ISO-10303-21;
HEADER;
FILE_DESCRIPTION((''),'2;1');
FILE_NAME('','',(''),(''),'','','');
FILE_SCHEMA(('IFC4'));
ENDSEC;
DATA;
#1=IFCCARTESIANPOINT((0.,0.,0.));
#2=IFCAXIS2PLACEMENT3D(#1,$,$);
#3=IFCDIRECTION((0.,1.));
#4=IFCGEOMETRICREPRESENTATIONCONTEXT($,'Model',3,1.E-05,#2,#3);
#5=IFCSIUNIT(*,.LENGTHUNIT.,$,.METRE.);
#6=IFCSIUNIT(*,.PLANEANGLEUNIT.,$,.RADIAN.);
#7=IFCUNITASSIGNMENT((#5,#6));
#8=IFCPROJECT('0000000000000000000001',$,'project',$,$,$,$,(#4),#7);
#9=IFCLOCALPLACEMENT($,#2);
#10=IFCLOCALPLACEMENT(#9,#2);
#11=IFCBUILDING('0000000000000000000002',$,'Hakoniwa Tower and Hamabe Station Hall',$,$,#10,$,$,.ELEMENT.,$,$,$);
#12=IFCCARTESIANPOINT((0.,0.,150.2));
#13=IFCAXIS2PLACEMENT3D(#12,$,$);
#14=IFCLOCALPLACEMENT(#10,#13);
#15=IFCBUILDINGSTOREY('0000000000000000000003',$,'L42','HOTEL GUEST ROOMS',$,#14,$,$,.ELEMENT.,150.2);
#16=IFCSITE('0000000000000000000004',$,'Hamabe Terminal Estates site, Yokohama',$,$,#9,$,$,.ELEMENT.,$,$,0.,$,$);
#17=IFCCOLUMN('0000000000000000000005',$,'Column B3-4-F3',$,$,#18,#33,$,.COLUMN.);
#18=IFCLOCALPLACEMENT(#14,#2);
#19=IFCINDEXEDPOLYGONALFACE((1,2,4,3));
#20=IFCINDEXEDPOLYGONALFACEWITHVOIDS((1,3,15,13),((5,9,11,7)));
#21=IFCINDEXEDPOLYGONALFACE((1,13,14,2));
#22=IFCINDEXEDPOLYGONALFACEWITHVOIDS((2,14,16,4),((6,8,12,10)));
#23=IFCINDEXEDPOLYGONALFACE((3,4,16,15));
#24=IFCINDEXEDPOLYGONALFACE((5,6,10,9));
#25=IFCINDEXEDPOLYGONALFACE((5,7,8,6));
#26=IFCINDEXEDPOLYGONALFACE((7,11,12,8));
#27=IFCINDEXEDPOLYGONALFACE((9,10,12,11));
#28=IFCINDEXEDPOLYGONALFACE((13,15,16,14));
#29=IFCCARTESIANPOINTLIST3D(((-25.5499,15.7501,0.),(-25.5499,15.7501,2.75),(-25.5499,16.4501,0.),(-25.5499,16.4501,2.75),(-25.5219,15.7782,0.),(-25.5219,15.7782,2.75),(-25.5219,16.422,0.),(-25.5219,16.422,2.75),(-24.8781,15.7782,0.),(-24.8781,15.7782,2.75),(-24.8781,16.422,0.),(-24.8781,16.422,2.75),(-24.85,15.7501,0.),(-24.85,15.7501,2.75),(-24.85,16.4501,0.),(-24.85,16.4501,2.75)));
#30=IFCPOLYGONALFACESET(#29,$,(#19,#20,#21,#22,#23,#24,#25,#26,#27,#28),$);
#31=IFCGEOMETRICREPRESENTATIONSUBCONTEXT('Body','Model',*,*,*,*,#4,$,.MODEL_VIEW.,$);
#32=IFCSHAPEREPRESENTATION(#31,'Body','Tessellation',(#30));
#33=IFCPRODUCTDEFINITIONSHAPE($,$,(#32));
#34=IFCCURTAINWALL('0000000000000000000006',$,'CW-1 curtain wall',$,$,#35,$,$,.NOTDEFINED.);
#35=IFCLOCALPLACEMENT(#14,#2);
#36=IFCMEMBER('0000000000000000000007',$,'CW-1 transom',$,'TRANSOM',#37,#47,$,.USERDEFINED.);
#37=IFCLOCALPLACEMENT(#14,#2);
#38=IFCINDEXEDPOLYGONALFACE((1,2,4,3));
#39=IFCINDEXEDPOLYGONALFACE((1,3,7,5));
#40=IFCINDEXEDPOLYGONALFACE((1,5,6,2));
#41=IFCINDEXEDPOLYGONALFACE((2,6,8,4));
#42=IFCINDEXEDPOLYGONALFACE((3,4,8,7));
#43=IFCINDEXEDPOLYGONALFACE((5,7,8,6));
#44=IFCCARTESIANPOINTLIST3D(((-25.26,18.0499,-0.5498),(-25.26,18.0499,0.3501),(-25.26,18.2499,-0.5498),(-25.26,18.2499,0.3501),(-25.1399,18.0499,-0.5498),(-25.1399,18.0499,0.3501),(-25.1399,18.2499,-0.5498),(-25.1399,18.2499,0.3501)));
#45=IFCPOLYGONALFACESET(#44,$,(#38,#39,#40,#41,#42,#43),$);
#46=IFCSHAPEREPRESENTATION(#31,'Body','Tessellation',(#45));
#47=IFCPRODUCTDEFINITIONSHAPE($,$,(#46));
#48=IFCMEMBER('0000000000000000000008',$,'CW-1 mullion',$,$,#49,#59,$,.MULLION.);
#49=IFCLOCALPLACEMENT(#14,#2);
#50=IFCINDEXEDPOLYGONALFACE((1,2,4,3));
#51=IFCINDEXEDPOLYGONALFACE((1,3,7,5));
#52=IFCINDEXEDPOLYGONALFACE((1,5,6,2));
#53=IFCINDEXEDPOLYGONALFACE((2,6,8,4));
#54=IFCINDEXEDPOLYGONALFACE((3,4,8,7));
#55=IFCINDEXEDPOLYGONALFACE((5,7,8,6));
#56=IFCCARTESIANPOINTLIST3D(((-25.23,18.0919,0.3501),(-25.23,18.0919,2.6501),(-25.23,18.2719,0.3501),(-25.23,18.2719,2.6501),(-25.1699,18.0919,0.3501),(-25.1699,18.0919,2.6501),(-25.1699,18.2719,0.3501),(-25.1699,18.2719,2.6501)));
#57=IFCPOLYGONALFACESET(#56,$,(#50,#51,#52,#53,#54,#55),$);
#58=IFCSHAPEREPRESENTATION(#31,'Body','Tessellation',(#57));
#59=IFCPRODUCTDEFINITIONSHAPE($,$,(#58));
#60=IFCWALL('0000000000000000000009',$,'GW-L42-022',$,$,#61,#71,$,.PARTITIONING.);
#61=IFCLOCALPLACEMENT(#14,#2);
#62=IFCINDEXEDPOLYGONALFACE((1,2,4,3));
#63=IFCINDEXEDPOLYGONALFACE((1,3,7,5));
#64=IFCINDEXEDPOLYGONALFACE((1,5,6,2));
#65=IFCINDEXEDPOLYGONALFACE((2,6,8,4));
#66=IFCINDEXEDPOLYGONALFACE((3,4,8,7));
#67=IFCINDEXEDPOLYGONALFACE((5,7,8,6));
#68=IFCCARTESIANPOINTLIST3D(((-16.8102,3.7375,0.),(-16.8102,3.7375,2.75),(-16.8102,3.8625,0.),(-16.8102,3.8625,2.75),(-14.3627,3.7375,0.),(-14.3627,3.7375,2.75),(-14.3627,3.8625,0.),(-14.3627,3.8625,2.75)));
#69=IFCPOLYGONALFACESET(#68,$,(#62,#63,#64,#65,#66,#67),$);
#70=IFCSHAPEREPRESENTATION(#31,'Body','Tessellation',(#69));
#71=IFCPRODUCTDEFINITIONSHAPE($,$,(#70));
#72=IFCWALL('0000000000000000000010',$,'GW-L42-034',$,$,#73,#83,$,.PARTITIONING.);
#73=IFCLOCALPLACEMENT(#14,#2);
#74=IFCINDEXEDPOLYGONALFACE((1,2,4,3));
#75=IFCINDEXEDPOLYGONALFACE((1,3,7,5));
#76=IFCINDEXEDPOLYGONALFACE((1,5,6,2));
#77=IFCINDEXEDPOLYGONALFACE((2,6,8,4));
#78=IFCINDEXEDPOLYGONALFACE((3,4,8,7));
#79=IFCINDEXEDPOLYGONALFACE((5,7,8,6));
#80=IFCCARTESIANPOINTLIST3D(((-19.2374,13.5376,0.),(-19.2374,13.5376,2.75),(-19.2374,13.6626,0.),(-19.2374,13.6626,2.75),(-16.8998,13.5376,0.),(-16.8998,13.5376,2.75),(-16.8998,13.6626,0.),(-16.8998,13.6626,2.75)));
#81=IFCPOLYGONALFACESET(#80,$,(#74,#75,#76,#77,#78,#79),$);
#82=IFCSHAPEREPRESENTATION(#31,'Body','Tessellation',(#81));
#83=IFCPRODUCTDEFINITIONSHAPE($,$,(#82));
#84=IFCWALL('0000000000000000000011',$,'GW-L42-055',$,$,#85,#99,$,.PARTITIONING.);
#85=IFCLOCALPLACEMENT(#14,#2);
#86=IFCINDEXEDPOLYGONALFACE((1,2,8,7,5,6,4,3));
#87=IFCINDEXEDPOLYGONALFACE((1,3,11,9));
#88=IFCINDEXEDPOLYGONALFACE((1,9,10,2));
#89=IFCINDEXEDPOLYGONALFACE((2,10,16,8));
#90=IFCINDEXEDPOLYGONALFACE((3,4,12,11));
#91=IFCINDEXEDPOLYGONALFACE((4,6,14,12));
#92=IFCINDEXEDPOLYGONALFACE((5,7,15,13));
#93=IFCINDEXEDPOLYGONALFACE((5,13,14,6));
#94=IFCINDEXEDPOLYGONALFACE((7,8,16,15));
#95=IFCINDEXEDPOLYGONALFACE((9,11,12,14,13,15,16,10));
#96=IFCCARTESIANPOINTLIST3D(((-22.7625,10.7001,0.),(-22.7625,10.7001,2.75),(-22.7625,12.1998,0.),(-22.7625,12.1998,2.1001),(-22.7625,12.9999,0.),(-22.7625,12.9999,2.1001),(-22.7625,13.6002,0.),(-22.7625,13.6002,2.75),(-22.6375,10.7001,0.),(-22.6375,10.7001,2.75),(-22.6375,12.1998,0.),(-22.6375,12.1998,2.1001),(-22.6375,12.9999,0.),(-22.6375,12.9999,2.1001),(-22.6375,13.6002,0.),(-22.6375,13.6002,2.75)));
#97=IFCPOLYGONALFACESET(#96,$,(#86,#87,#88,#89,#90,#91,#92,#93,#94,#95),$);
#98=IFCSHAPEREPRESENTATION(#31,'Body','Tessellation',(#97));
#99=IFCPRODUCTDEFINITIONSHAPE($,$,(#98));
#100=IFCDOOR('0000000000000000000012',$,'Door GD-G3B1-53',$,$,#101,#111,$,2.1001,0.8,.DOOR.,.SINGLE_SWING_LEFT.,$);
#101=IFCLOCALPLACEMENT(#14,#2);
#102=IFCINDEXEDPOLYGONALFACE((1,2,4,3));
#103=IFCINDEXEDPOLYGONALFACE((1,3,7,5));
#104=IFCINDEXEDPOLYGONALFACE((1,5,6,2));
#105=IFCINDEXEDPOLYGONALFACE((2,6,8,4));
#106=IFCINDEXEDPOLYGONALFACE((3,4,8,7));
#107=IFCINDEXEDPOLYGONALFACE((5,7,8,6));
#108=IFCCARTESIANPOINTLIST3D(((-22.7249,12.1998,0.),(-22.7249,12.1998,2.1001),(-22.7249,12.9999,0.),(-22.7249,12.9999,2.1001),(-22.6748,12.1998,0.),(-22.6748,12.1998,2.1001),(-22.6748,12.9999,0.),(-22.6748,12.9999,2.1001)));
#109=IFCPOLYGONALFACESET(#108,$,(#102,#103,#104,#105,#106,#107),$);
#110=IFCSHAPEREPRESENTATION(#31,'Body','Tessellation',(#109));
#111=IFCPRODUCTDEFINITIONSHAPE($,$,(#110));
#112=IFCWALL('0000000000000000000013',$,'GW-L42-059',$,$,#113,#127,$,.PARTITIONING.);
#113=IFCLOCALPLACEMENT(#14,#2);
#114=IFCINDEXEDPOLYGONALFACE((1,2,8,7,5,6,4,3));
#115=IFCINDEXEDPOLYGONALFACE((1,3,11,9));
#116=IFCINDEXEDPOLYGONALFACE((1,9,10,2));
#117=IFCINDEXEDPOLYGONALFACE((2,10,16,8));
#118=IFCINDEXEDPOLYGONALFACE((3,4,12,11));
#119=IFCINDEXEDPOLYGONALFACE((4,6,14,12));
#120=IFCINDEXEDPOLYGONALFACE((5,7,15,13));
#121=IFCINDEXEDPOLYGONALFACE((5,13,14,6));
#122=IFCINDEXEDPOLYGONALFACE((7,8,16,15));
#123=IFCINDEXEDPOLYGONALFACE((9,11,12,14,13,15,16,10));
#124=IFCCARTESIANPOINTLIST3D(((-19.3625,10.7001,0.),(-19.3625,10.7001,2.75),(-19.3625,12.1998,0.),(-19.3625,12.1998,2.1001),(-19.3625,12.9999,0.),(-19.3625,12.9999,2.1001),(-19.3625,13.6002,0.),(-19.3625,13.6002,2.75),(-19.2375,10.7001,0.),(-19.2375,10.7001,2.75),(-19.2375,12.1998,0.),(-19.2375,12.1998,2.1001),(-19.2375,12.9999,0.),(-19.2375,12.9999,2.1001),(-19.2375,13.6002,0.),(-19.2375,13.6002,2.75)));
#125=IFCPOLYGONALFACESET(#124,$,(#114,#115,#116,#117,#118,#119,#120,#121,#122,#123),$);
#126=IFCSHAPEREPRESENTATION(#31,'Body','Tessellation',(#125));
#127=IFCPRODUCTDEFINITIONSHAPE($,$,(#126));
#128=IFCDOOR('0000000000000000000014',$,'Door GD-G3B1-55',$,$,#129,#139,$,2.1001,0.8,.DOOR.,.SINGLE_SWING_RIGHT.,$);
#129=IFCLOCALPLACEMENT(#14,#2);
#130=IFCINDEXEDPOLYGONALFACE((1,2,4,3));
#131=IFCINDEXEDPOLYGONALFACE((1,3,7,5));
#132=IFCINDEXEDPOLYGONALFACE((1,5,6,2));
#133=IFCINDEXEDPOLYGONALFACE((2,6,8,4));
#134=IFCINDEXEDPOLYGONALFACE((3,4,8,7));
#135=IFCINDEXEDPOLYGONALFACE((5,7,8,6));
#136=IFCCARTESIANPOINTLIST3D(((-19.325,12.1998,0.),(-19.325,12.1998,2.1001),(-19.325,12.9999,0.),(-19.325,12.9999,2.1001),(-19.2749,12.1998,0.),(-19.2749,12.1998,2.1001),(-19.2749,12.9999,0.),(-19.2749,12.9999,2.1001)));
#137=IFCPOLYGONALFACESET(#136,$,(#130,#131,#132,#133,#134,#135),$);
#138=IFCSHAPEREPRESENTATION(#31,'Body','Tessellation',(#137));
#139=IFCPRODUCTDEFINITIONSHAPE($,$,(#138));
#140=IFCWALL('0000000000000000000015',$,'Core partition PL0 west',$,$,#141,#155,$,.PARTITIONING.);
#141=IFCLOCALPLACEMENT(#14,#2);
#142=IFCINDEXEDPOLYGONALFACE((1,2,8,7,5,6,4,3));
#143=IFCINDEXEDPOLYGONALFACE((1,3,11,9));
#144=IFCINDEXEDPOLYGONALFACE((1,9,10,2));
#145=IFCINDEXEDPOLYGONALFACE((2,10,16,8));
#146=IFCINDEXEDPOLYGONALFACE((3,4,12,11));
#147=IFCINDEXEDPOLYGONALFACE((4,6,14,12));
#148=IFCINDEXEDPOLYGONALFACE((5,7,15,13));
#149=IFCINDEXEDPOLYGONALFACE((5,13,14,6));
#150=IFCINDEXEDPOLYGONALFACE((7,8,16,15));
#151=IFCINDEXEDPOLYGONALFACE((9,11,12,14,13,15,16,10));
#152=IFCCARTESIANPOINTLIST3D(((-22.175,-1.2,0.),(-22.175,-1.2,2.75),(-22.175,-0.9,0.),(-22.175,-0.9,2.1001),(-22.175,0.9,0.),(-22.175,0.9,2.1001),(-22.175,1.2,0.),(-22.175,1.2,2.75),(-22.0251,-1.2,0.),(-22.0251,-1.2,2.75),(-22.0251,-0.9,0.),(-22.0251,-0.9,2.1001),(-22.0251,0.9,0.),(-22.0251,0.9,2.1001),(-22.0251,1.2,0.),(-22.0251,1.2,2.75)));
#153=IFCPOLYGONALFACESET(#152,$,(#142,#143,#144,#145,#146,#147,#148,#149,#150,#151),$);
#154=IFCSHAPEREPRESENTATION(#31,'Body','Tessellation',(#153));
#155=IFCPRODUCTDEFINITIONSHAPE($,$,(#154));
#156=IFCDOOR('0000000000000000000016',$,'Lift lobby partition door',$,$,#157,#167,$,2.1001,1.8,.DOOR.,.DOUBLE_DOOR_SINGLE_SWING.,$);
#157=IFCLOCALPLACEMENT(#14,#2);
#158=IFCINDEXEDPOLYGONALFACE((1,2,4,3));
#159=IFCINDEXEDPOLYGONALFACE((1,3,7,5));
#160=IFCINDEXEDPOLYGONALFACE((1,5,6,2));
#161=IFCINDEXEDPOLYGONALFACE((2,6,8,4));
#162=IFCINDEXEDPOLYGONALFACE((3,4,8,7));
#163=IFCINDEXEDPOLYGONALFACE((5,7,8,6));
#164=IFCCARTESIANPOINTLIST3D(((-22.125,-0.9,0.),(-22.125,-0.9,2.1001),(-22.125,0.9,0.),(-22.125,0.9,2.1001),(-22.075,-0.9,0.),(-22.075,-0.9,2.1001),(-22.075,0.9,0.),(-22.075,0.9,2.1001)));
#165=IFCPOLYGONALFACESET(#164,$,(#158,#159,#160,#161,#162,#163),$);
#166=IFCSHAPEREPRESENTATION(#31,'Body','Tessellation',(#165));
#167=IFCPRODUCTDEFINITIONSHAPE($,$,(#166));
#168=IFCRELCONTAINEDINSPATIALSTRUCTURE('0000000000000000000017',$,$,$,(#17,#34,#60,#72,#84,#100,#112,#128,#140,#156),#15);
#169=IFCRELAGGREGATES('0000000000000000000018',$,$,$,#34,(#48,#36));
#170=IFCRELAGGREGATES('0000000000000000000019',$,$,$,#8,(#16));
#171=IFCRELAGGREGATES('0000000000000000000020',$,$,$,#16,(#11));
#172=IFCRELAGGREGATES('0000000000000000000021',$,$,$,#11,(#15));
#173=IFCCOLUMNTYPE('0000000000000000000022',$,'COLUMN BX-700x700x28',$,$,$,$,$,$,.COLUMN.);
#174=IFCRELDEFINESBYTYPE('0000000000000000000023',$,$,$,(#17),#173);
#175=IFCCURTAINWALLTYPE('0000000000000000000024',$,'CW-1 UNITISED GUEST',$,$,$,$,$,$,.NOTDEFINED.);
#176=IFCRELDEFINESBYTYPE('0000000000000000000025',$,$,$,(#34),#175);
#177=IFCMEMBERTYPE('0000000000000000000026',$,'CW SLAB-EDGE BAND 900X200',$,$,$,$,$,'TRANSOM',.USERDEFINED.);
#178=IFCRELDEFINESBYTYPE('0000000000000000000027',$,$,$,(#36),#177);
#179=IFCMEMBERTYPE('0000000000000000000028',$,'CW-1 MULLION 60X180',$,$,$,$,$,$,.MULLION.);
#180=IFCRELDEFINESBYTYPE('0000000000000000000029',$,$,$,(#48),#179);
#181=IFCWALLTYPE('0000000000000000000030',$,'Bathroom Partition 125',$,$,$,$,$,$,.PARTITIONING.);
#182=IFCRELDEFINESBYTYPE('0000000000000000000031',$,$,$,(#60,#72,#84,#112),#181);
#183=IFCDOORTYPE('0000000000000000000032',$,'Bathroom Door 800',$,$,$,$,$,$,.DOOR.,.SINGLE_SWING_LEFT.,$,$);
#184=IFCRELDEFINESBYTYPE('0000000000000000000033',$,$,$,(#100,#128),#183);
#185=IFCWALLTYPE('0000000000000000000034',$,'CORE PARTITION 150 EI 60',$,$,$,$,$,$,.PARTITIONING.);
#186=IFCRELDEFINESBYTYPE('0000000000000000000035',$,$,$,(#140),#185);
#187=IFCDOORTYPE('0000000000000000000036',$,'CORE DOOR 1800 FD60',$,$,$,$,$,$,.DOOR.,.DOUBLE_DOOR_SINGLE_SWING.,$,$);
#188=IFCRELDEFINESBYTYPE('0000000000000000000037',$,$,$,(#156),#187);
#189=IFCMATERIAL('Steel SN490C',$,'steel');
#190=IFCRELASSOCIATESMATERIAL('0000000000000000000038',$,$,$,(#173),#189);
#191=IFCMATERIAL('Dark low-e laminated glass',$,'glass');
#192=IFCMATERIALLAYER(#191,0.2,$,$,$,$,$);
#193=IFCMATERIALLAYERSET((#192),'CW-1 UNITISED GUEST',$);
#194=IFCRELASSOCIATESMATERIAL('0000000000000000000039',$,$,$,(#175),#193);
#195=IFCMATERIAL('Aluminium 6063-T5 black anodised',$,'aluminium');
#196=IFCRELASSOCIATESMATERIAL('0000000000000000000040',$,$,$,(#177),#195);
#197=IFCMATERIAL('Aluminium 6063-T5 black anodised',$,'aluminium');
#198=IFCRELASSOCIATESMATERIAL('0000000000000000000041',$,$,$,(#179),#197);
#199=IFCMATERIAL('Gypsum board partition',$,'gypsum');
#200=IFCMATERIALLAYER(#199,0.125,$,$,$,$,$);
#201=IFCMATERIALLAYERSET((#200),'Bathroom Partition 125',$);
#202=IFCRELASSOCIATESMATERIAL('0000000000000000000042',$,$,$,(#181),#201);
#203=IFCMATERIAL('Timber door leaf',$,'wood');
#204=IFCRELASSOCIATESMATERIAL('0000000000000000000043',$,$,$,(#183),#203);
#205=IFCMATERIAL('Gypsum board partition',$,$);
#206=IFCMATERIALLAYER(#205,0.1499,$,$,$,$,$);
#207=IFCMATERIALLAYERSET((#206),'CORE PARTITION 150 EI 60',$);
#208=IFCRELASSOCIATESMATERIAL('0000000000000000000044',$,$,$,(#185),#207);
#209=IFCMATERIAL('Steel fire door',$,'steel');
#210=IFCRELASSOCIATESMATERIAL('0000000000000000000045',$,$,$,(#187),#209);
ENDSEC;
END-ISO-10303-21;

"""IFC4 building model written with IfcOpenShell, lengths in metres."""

from ifc_helpers import new_model, si_unit, direction, frame, frame_2d, origin, origin_2d, place, context, subcontext, project, spatial, rectangle, hollow_rectangle, extrude, material, layer, layer_set, material_profile, profile_set, type_object, element, fill, aggregate, save


model = new_model("IFC4")

# Units and contexts
model_context = context("Model", 3, precision=1e-05, world=origin(), true_north=direction((0.0, 1.0)))
body_context = subcontext(model_context, "Body", "Model", "MODEL_VIEW")
ifc_project = project(units=[si_unit("LENGTHUNIT", "METRE"), si_unit("PLANEANGLEUNIT", "RADIAN")], contexts=[model_context])

# Site, building, storey
site_placement = place(None, origin())
site = spatial("IfcSite", under=ifc_project, at=site_placement, Name="Hamabe Terminal Estates site, Yokohama", CompositionType="ELEMENT", RefElevation=0.0)
building_placement = place(site_placement, origin())
building = spatial("IfcBuilding", under=site, at=building_placement, Name="Hakoniwa Tower and Hamabe Station Hall", CompositionType="ELEMENT")
storey_placement = place(building_placement, frame((0.0, 0.0, 150.2)))
storey = spatial("IfcBuildingStorey", under=building, at=storey_placement, Name="L42", Description="HOTEL GUEST ROOMS", CompositionType="ELEMENT", Elevation=150.2)

# Column
ifc_material_1 = material(Name="Steel SN490C", Category="steel")
ifc_material_profile_1 = material_profile(ifc_material_1, hollow_rectangle(XDim=0.7, YDim=0.7, WallThickness=0.0281, at=origin_2d()), Name="BX-700x700x28")
ifc_profile_set_1 = profile_set([ifc_material_profile_1], Name="Steel SN490C")
column_type = type_object("IfcColumnType", Name="COLUMN BX-700x700x28", PredefinedType="COLUMN", material=ifc_profile_set_1)
column_placement = place(storey_placement, frame((-25.2, 16.1001, 0.0), z_axis=(0.0, 0.0, 1.0), x_axis=(1.0, 0.0, 0.0)))
element("IfcColumn", 1, at=column_placement, inside=storey, type_object=column_type, Name="Column B3-4-F3", PredefinedType="COLUMN", context=body_context, shape_type="SweptSolid", body=[
    extrude(hollow_rectangle(XDim=0.7, YDim=0.7, WallThickness=0.0281, at=origin_2d()), origin(), (0.0, 0.0, 1.0), 2.75),
])

# Curtain wall, members
ifc_material_2 = material(Name="Dark low-e laminated glass", Category="glass")
ifc_layer_1 = layer(ifc_material_2, 0.2)
ifc_layer_set_1 = layer_set([ifc_layer_1], Name="CW-1 UNITISED GUEST")
curtain_wall_type = type_object("IfcCurtainWallType", Name="CW-1 UNITISED GUEST", PredefinedType="NOTDEFINED", material=ifc_layer_set_1)
curtain_wall_placement = place(storey_placement, origin())
curtain_wall = element("IfcCurtainWall", 2, at=curtain_wall_placement, inside=storey, type_object=curtain_wall_type, Name="CW-1 curtain wall", PredefinedType="NOTDEFINED")
ifc_material_3 = material(Name="Aluminium 6063-T5 black anodised", Category="aluminium")
ifc_material_profile_2 = material_profile(ifc_material_3, rectangle(XDim=0.2, YDim=0.8999, at=origin_2d()), Name="CW SLAB-EDGE BAND 900X200")
ifc_profile_set_2 = profile_set([ifc_material_profile_2], Name="Aluminium 6063-T5 black anodised")
member_type_1 = type_object("IfcMemberType", Name="CW SLAB-EDGE BAND 900X200", ElementType="TRANSOM", PredefinedType="USERDEFINED", material=ifc_profile_set_2)
member_1_placement = place(storey_placement, frame((-25.1399, 18.1499, -0.0999), z_axis=(-1.0, 0.0, 0.0), x_axis=(0.0, -1.0, 0.0)))
member_1 = element("IfcMember", 3, at=member_1_placement, type_object=member_type_1, Name="CW-1 transom", ObjectType="TRANSOM", PredefinedType="USERDEFINED", context=body_context, shape_type="SweptSolid", body=[
    extrude(rectangle(XDim=0.2, YDim=0.8999, at=origin_2d()), origin(), (0.0, 0.0, 1.0), 0.1201),
])
ifc_material_4 = material(Name="Aluminium 6063-T5 black anodised", Category="aluminium")
ifc_material_profile_3 = material_profile(ifc_material_4, rectangle(XDim=0.0601, YDim=0.1799, at=origin_2d()), Name="CW-1 MULLION 60X180")
ifc_profile_set_3 = profile_set([ifc_material_profile_3], Name="Aluminium 6063-T5 black anodised")
member_type_2 = type_object("IfcMemberType", Name="CW-1 MULLION 60X180", PredefinedType="MULLION", material=ifc_profile_set_3)
member_2_placement = place(storey_placement, frame((-25.2, 18.1819, 0.3501), z_axis=(0.0, 0.0, 1.0), x_axis=(-1.0, 0.0, 0.0)))
member_2 = element("IfcMember", 4, at=member_2_placement, type_object=member_type_2, Name="CW-1 mullion", PredefinedType="MULLION", context=body_context, shape_type="SweptSolid", body=[
    extrude(rectangle(XDim=0.0601, YDim=0.1799, at=origin_2d()), origin(), (0.0, 0.0, 1.0), 2.3),
])

# Walls
ifc_material_5 = material(Name="Gypsum board partition", Category="gypsum")
ifc_layer_2 = layer(ifc_material_5, 0.125)
ifc_layer_set_2 = layer_set([ifc_layer_2], Name="Bathroom Partition 125")
wall_type_1 = type_object("IfcWallType", Name="Bathroom Partition 125", PredefinedType="PARTITIONING", material=ifc_layer_set_2)
wall_1_placement = place(storey_placement, frame((-16.8101, 3.8, 0.0), z_axis=(0.0, 0.0, 1.0), x_axis=(1.0, 0.0, 0.0)))
element("IfcWall", 5, at=wall_1_placement, inside=storey, type_object=wall_type_1, Name="GW-L42-022", PredefinedType="PARTITIONING", context=body_context, shape_type="SweptSolid", body=[
    extrude(rectangle(XDim=2.4475, YDim=0.125, at=frame_2d((1.2236, 0.0))), origin(), (0.0, 0.0, 1.0), 2.75),
])
wall_2_placement = place(storey_placement, frame((-19.2375, 13.6001, 0.0), z_axis=(0.0, 0.0, 1.0), x_axis=(1.0, 0.0, 0.0)))
element("IfcWall", 6, at=wall_2_placement, inside=storey, type_object=wall_type_1, Name="GW-L42-034", PredefinedType="PARTITIONING", context=body_context, shape_type="SweptSolid", body=[
    extrude(rectangle(XDim=2.3376, YDim=0.125, at=frame_2d((1.1689, 0.0))), origin(), (0.0, 0.0, 1.0), 2.75),
])

# Walls, openings, doors
wall_3_placement = place(storey_placement, frame((-22.7, 10.7, 0.0), z_axis=(0.0, 0.0, 1.0), x_axis=(0.0, 1.0, 0.0)))
wall_3 = element("IfcWall", 7, at=wall_3_placement, inside=storey, type_object=wall_type_1, Name="GW-L42-055", PredefinedType="PARTITIONING", context=body_context, shape_type="SweptSolid", body=[
    extrude(rectangle(XDim=2.9001, YDim=0.125, at=frame_2d((1.4502, 0.0))), origin(), (0.0, 0.0, 1.0), 2.75),
])
opening_1_placement = place(wall_3_placement, frame((1.5, 0.0, 0.0)))
opening_1 = element("IfcOpeningElement", 8, at=opening_1_placement, cuts=wall_3, PredefinedType="OPENING", context=body_context, shape_type="SweptSolid", body=[
    extrude(rectangle(XDim=0.8, YDim=2.1001, at=frame_2d((0.3999, 1.05))), frame((0.0, 0.0725, 0.0), z_axis=(0.0, -1.0, 0.0), x_axis=(1.0, 0.0, 0.0)), (0.0, 0.0, 1.0), 0.145),
])
ifc_material_6 = material(Name="Timber door leaf", Category="wood")
door_type_1 = type_object("IfcDoorType", Name="Bathroom Door 800", OperationType="SINGLE_SWING_LEFT", PredefinedType="DOOR", material=ifc_material_6)
door_1_placement = place(opening_1_placement, origin())
door_1 = element("IfcDoor", 9, at=door_1_placement, inside=storey, type_object=door_type_1, Name="Door GD-G3B1-53", OperationType="SINGLE_SWING_LEFT", OverallHeight=2.1001, OverallWidth=0.8, PredefinedType="DOOR", context=body_context, shape_type="SweptSolid", body=[
    extrude(rectangle(XDim=0.8, YDim=2.1001, at=frame_2d((0.3999, 1.05))), frame((0.0, 0.0249, 0.0), z_axis=(0.0, -1.0, 0.0), x_axis=(1.0, 0.0, 0.0)), (0.0, 0.0, 1.0), 0.05),
])
fill(opening_1, door_1)
wall_4_placement = place(storey_placement, frame((-19.3, 10.7, 0.0), z_axis=(0.0, 0.0, 1.0), x_axis=(0.0, 1.0, 0.0)))
wall_4 = element("IfcWall", 10, at=wall_4_placement, inside=storey, type_object=wall_type_1, Name="GW-L42-059", PredefinedType="PARTITIONING", context=body_context, shape_type="SweptSolid", body=[
    extrude(rectangle(XDim=2.9001, YDim=0.125, at=frame_2d((1.4502, 0.0))), origin(), (0.0, 0.0, 1.0), 2.75),
])
opening_2_placement = place(wall_4_placement, frame((1.5, 0.0, 0.0)))
opening_2 = element("IfcOpeningElement", 11, at=opening_2_placement, cuts=wall_4, PredefinedType="OPENING", context=body_context, shape_type="SweptSolid", body=[
    extrude(rectangle(XDim=0.8, YDim=2.1001, at=frame_2d((0.3999, 1.05))), frame((0.0, 0.0725, 0.0), z_axis=(0.0, -1.0, 0.0), x_axis=(1.0, 0.0, 0.0)), (0.0, 0.0, 1.0), 0.145),
])
door_2_placement = place(opening_2_placement, origin())
door_2 = element("IfcDoor", 12, at=door_2_placement, inside=storey, type_object=door_type_1, Name="Door GD-G3B1-55", OperationType="SINGLE_SWING_RIGHT", OverallHeight=2.1001, OverallWidth=0.8, PredefinedType="DOOR", context=body_context, shape_type="SweptSolid", body=[
    extrude(rectangle(XDim=0.8, YDim=2.1001, at=frame_2d((0.3999, 1.05))), frame((0.0, 0.0249, 0.0), z_axis=(0.0, -1.0, 0.0), x_axis=(1.0, 0.0, 0.0)), (0.0, 0.0, 1.0), 0.05),
])
fill(opening_2, door_2)
ifc_material_7 = material(Name="Gypsum board partition")
ifc_layer_3 = layer(ifc_material_7, 0.1499)
ifc_layer_set_3 = layer_set([ifc_layer_3], Name="CORE PARTITION 150 EI 60")
wall_type_2 = type_object("IfcWallType", Name="CORE PARTITION 150 EI 60", PredefinedType="PARTITIONING", material=ifc_layer_set_3)
wall_5_placement = place(storey_placement, frame((-22.1001, -1.2, 0.0), z_axis=(0.0, 0.0, 1.0), x_axis=(0.0, 1.0, 0.0)))
wall_5 = element("IfcWall", 13, at=wall_5_placement, inside=storey, type_object=wall_type_2, Name="Core partition PL0 west", PredefinedType="PARTITIONING", context=body_context, shape_type="SweptSolid", body=[
    extrude(rectangle(XDim=2.3999, YDim=0.1499, at=frame_2d((1.2, 0.0))), origin(), (0.0, 0.0, 1.0), 2.75),
])
opening_3_placement = place(wall_5_placement, frame((0.3, 0.0, 0.0)))
opening_3 = element("IfcOpeningElement", 14, at=opening_3_placement, cuts=wall_5, PredefinedType="OPENING", context=body_context, shape_type="SweptSolid", body=[
    extrude(rectangle(XDim=1.8, YDim=2.1001, at=frame_2d((0.8999, 1.05))), frame((0.0, 0.085, 0.0), z_axis=(0.0, -1.0, 0.0), x_axis=(1.0, 0.0, 0.0)), (0.0, 0.0, 1.0), 0.1699),
])
ifc_material_8 = material(Name="Steel fire door", Category="steel")
door_type_2 = type_object("IfcDoorType", Name="CORE DOOR 1800 FD60", OperationType="DOUBLE_DOOR_SINGLE_SWING", PredefinedType="DOOR", material=ifc_material_8)
door_3_placement = place(opening_3_placement, origin())
door_3 = element("IfcDoor", 15, at=door_3_placement, inside=storey, type_object=door_type_2, Name="Lift lobby partition door", OperationType="DOUBLE_DOOR_SINGLE_SWING", OverallHeight=2.1001, OverallWidth=1.8, PredefinedType="DOOR", context=body_context, shape_type="SweptSolid", body=[
    extrude(rectangle(XDim=1.8, YDim=2.1001, at=frame_2d((0.8999, 1.05))), frame((0.0, 0.0249, 0.0), z_axis=(0.0, -1.0, 0.0), x_axis=(1.0, 0.0, 0.0)), (0.0, 0.0, 1.0), 0.05),
])
fill(opening_3, door_3)

aggregate(curtain_wall, [member_2, member_1])

save(model, "model.ifc")
